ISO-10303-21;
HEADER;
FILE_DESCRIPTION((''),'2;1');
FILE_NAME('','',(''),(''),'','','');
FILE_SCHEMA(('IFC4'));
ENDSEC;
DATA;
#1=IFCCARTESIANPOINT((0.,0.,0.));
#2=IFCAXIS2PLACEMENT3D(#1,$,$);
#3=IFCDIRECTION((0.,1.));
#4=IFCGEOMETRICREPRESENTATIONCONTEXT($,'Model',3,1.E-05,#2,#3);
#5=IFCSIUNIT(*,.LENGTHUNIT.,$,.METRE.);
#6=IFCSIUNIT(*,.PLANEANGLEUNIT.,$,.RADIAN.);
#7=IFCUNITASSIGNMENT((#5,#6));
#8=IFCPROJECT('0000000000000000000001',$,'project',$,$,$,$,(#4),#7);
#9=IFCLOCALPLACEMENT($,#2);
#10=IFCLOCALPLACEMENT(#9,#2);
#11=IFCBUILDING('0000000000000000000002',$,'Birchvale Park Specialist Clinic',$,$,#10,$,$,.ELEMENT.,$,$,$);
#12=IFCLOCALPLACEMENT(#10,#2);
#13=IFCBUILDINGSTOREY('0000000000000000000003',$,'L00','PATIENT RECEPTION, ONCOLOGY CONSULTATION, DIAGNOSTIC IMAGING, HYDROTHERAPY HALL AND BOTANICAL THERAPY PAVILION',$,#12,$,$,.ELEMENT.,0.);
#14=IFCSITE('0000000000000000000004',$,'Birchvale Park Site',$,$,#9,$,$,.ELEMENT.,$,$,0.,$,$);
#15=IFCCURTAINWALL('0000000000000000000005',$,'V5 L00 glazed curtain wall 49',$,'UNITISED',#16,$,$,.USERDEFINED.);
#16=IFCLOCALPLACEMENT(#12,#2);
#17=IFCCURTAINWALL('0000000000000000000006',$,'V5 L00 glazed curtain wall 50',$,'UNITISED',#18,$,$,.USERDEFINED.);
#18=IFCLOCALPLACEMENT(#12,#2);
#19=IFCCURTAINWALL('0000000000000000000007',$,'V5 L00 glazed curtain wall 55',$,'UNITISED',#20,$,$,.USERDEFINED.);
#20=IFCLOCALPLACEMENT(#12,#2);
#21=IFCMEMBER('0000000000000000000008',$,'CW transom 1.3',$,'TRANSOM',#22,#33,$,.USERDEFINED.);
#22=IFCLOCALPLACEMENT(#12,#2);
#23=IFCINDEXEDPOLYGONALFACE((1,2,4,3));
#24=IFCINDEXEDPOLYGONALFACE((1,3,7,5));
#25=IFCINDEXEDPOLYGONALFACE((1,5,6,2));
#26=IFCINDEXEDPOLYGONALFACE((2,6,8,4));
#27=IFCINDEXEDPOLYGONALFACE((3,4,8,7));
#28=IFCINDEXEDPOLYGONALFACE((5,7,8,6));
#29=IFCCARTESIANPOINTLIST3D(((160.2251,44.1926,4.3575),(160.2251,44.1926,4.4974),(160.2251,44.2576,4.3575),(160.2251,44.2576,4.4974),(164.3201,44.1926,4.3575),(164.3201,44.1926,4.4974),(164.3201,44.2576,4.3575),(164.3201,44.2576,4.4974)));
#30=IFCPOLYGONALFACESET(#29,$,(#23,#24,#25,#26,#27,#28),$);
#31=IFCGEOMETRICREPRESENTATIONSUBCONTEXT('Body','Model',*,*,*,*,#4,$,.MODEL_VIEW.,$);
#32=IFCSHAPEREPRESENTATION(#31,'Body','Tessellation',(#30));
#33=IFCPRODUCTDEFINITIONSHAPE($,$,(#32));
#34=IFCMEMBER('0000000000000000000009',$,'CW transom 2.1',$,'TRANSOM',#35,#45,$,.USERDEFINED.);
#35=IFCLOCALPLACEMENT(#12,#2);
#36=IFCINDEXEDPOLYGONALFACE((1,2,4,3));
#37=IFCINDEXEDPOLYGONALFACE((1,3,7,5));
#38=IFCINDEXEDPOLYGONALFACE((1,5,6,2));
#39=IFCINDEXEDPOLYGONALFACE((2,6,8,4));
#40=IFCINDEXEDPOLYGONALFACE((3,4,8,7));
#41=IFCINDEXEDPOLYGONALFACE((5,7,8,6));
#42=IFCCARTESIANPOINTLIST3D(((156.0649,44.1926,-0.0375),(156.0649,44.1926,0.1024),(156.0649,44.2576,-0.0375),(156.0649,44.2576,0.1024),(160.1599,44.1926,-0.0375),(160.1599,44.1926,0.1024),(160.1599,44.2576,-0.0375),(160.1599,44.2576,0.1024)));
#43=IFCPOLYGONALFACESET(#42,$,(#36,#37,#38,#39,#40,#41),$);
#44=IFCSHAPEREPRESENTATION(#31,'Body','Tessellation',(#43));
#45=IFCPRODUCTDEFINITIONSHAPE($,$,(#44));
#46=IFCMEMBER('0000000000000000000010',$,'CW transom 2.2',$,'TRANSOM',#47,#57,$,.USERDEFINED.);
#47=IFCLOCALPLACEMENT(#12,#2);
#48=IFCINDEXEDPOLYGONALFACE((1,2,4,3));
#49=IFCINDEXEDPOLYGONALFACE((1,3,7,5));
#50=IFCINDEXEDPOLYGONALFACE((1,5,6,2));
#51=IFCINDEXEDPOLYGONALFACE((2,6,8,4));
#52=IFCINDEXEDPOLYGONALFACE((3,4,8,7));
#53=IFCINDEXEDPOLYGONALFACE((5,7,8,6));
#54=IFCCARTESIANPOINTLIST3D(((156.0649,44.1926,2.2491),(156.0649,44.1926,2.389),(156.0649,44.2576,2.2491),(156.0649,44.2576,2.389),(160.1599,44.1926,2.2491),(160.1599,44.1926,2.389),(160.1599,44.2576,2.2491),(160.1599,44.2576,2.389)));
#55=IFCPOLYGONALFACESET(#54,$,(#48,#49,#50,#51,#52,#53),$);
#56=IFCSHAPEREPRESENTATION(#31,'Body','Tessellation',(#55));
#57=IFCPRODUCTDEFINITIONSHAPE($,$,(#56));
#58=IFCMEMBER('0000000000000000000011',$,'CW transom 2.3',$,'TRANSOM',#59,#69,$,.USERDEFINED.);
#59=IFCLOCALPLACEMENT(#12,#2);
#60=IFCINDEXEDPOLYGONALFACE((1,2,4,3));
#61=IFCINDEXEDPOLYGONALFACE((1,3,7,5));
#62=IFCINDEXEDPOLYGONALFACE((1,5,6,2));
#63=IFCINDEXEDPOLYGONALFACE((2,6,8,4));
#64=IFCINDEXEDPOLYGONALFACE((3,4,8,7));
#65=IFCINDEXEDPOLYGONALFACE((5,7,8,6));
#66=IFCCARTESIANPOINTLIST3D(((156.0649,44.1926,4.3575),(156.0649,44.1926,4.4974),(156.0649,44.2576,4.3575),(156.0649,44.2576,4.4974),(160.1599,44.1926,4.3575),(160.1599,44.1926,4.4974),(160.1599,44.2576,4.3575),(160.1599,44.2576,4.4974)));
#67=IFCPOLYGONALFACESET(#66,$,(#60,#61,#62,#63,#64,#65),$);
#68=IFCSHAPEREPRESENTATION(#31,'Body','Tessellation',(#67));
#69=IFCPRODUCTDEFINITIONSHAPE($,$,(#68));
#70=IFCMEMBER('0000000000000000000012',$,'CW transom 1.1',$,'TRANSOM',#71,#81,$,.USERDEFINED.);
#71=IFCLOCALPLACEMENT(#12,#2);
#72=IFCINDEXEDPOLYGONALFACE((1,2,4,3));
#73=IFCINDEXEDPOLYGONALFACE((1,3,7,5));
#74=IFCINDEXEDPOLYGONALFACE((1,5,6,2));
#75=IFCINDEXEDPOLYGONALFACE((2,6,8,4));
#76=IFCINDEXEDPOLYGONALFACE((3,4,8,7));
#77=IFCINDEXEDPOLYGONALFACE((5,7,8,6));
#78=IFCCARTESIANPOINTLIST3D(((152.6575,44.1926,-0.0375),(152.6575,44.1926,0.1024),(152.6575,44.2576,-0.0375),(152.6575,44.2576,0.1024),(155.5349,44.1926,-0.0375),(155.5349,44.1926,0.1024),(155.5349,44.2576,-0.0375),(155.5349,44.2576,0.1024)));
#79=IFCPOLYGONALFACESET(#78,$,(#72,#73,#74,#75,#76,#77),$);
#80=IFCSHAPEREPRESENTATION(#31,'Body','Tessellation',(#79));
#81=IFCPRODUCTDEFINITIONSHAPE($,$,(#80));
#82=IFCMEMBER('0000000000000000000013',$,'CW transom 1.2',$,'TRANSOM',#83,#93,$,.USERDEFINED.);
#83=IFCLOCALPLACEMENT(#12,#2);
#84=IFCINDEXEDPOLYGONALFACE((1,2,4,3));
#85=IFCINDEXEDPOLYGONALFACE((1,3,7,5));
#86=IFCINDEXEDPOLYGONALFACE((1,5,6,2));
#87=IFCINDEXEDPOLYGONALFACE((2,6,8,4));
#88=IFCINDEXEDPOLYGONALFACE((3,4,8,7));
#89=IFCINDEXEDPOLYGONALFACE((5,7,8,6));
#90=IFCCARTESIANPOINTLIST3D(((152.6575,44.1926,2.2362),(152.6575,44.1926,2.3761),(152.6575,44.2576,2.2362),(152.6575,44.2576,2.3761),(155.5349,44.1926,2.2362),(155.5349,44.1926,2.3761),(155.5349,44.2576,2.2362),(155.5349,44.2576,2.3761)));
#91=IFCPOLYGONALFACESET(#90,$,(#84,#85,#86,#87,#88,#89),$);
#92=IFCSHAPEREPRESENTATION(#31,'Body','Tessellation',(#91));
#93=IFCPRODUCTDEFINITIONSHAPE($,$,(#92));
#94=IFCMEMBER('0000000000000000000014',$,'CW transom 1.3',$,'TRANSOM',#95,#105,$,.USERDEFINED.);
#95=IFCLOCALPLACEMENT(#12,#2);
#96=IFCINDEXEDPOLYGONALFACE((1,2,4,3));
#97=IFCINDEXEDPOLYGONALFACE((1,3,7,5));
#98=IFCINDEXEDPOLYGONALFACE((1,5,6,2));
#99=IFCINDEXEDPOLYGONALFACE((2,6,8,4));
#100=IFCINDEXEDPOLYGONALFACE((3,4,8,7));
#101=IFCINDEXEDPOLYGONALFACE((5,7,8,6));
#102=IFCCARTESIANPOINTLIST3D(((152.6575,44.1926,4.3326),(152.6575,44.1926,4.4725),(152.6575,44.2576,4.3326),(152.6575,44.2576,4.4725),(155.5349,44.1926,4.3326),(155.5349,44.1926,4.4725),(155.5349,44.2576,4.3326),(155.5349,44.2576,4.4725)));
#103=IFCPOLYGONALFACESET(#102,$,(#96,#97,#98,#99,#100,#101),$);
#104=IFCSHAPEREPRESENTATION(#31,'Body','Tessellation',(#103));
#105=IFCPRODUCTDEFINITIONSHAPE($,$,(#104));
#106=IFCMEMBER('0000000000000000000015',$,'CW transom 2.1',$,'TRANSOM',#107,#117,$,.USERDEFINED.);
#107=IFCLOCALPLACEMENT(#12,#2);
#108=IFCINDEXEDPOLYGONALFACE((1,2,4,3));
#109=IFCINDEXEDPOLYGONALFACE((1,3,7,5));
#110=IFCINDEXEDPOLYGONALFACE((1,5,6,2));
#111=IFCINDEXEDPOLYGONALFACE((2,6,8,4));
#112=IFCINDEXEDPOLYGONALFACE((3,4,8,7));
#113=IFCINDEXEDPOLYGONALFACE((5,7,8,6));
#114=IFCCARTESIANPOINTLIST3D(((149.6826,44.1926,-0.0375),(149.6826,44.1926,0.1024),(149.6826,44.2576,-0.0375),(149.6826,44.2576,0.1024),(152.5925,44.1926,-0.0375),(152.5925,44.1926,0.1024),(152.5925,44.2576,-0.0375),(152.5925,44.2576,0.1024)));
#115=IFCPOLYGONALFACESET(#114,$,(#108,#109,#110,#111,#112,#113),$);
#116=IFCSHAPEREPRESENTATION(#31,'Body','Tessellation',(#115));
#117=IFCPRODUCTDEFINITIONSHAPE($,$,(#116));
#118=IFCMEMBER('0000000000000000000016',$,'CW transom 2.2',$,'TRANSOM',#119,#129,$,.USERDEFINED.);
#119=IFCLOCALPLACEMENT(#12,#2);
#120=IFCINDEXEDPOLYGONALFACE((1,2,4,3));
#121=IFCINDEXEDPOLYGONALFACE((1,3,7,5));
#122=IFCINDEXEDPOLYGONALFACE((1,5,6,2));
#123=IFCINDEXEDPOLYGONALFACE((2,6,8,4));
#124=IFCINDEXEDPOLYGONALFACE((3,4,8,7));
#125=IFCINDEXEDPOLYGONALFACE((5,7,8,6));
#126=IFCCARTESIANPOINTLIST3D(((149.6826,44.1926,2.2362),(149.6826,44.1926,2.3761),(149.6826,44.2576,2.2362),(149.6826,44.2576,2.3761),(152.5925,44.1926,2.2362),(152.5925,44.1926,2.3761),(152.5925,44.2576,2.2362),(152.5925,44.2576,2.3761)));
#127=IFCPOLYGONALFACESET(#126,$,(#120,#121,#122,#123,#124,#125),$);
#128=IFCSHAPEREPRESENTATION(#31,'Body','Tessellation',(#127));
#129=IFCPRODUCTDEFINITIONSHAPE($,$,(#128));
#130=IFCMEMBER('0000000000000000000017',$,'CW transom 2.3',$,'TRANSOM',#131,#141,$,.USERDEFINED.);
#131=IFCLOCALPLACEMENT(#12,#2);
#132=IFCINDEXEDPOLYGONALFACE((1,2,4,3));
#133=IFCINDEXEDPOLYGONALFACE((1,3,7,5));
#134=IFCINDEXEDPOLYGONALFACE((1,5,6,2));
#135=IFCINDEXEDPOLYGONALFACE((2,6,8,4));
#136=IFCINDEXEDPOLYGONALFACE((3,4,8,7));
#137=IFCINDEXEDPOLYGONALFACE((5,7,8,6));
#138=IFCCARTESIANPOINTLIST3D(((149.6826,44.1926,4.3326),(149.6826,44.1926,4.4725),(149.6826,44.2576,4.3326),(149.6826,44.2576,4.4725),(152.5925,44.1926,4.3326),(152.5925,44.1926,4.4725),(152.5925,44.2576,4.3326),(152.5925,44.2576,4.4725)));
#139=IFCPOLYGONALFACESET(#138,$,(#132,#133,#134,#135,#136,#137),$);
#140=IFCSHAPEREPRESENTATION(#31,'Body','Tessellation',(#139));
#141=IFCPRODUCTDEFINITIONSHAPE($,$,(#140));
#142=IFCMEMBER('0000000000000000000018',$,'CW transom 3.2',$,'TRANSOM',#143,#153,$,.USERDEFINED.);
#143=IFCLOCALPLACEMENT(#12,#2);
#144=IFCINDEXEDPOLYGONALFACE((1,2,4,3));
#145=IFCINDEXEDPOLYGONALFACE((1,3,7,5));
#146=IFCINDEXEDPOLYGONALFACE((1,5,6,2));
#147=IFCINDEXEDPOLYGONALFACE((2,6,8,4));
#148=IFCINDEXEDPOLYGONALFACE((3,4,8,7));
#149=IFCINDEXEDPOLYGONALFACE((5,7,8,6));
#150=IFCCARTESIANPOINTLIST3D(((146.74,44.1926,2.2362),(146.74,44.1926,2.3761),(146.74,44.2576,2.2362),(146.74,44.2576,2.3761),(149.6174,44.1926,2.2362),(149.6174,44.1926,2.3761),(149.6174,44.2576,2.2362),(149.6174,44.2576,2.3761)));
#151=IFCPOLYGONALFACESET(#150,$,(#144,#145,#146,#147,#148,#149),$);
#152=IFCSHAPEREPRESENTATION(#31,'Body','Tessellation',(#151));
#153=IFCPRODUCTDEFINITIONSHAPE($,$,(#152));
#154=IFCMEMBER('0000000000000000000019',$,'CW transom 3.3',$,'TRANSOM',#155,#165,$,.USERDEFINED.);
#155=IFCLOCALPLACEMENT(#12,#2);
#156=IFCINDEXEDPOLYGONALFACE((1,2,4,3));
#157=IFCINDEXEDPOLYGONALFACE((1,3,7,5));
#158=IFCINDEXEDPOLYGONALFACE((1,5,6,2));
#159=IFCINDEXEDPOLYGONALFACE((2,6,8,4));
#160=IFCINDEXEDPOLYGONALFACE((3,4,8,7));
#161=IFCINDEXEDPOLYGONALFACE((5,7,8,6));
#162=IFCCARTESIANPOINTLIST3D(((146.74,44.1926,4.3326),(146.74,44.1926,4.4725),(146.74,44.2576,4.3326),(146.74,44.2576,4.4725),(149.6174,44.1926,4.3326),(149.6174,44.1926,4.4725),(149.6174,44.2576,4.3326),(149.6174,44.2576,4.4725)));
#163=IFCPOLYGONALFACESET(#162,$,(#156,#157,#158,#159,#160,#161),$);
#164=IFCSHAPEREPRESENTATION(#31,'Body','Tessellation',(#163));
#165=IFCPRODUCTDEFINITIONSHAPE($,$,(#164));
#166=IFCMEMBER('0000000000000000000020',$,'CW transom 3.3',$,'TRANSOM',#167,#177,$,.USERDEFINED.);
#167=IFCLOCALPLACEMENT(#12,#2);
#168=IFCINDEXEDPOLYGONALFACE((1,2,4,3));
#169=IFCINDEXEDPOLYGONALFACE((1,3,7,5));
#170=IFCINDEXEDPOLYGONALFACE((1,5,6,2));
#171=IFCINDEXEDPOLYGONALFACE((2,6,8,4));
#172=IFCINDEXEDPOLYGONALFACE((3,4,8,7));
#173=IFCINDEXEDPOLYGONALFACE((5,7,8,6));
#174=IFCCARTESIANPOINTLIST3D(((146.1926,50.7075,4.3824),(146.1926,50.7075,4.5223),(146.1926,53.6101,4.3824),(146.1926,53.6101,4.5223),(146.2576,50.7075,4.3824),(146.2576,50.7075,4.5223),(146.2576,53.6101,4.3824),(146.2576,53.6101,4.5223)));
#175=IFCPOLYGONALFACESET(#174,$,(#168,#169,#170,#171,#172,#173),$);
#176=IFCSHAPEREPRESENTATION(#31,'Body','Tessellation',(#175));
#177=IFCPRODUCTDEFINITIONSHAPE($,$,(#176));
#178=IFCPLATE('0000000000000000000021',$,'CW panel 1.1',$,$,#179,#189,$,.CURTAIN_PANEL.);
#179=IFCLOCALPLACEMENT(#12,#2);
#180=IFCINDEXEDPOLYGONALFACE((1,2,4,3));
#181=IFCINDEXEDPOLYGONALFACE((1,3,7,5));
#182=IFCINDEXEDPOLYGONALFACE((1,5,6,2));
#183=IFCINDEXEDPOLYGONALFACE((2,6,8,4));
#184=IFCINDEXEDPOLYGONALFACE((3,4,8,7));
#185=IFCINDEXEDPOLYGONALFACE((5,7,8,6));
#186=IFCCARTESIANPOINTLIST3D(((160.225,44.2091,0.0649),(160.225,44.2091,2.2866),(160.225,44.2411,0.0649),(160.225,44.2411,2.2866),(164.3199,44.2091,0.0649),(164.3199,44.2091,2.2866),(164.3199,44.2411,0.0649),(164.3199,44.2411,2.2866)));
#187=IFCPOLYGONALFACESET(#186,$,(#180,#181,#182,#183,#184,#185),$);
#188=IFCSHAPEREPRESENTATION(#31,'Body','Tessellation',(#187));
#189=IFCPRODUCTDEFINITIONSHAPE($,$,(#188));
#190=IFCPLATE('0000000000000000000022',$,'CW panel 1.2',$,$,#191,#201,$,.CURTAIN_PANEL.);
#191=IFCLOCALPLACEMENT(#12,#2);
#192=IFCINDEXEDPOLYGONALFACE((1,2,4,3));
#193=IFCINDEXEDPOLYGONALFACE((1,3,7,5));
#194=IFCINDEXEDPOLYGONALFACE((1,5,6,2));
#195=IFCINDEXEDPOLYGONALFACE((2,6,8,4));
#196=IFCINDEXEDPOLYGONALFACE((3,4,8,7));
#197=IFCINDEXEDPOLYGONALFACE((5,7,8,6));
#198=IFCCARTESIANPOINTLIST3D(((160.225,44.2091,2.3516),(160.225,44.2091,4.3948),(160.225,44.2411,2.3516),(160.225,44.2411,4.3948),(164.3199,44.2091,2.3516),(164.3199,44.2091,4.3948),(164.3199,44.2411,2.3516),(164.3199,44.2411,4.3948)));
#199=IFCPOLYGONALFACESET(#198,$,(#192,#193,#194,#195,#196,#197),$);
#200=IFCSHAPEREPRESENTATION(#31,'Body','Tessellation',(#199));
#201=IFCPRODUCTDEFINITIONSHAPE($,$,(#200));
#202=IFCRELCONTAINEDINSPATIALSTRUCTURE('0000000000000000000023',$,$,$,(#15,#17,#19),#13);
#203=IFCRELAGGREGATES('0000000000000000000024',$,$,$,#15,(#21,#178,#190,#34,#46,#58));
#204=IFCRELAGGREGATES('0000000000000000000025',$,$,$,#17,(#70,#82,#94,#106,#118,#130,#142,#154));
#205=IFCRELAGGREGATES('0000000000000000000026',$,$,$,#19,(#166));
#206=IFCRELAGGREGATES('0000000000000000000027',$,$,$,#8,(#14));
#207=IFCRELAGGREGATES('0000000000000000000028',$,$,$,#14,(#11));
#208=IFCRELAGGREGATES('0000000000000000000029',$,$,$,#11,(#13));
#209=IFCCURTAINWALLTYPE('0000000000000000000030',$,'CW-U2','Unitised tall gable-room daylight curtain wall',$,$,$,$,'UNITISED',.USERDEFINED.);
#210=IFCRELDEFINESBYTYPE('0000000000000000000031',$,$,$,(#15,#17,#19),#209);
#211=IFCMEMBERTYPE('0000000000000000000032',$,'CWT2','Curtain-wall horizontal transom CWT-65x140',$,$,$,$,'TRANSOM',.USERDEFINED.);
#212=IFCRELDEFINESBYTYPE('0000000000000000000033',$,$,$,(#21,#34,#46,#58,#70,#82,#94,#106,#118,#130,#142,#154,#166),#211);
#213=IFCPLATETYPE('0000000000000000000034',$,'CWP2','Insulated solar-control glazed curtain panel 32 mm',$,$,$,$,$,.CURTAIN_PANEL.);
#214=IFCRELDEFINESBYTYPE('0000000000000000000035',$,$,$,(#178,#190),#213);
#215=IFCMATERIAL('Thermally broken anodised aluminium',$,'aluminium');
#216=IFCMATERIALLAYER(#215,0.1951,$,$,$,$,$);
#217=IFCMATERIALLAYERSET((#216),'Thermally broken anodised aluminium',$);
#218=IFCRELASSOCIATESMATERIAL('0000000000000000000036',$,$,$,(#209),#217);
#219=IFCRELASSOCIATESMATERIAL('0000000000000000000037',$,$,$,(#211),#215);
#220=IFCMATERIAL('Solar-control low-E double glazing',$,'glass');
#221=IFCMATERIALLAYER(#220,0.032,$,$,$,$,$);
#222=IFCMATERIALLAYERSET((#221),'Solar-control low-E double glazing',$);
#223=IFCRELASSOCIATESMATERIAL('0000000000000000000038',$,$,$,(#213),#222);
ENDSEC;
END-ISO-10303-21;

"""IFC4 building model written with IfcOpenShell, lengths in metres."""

from ifc_helpers import new_model, si_unit, direction, frame, origin, origin_2d, place, context, subcontext, project, spatial, rectangle, extrude, material, layer, layer_set, material_profile, profile_set, type_object, element, aggregate, save


model = new_model("IFC4")

# Units and contexts
model_context = context("Model", 3, precision=1e-05, world=origin(), true_north=direction((0.0, 1.0)))
body_context = subcontext(model_context, "Body", "Model", "MODEL_VIEW")
ifc_project = project(units=[si_unit("LENGTHUNIT", "METRE"), si_unit("PLANEANGLEUNIT", "RADIAN")], contexts=[model_context])

# Site, building, storey
site_placement = place(None, origin())
site = spatial("IfcSite", under=ifc_project, at=site_placement, Name="Birchvale Park Site", CompositionType="ELEMENT", RefElevation=0.0)
building_placement = place(site_placement, origin())
building = spatial("IfcBuilding", under=site, at=building_placement, Name="Birchvale Park Specialist Clinic", CompositionType="ELEMENT")
storey_placement = place(building_placement, origin())
storey = spatial("IfcBuildingStorey", under=building, at=storey_placement, Name="L00", Description="PATIENT RECEPTION, ONCOLOGY CONSULTATION, DIAGNOSTIC IMAGING, HYDROTHERAPY HALL AND BOTANICAL THERAPY PAVILION", CompositionType="ELEMENT", Elevation=0.0)

# Curtain walls
ifc_material_1 = material(Name="Thermally broken anodised aluminium", Category="aluminium")
ifc_layer_1 = layer(ifc_material_1, 0.1951)
ifc_layer_set_1 = layer_set([ifc_layer_1], Name="Thermally broken anodised aluminium")
curtain_wall_type = type_object("IfcCurtainWallType", Name="CW-U2", Description="Unitised tall gable-room daylight curtain wall", ElementType="UNITISED", PredefinedType="USERDEFINED", material=ifc_layer_set_1)
curtain_wall_1_placement = place(storey_placement, origin())
curtain_wall_1 = element("IfcCurtainWall", 1, at=curtain_wall_1_placement, inside=storey, type_object=curtain_wall_type, Name="V5 L00 glazed curtain wall 49", ObjectType="UNITISED", PredefinedType="USERDEFINED")
curtain_wall_2_placement = place(storey_placement, origin())
curtain_wall_2 = element("IfcCurtainWall", 2, at=curtain_wall_2_placement, inside=storey, type_object=curtain_wall_type, Name="V5 L00 glazed curtain wall 50", ObjectType="UNITISED", PredefinedType="USERDEFINED")

# Curtain wall
curtain_wall_3_placement = place(storey_placement, origin())
curtain_wall_3 = element("IfcCurtainWall", 3, at=curtain_wall_3_placement, inside=storey, type_object=curtain_wall_type, Name="V5 L00 glazed curtain wall 55", ObjectType="UNITISED", PredefinedType="USERDEFINED")

# Members
ifc_material_profile_1 = material_profile(ifc_material_1, rectangle(XDim=0.0649, YDim=0.1399, at=origin_2d()), Name="CWT-65x140")
ifc_profile_set_1 = profile_set([ifc_material_profile_1], Name="Thermally broken anodised aluminium")
member_type_1 = type_object("IfcMemberType", Name="CWT2", Description="Curtain-wall horizontal transom CWT-65x140", ElementType="TRANSOM", PredefinedType="USERDEFINED", material=ifc_profile_set_1)
member_1_placement = place(storey_placement, frame((164.3201, 44.2251, 4.4275), z_axis=(-1.0, 0.0, 0.0), x_axis=(0.0, -1.0, 0.0)))
member_1 = element("IfcMember", 4, at=member_1_placement, type_object=member_type_1, Name="CW transom 1.3", ObjectType="TRANSOM", PredefinedType="USERDEFINED", context=body_context, shape_type="SweptSolid", body=[
    extrude(rectangle(XDim=0.0649, YDim=0.1399, at=origin_2d()), origin(), (0.0, 0.0, 1.0), 4.095),
])
member_2_placement = place(storey_placement, frame((160.1599, 44.2251, 0.0325), z_axis=(-1.0, 0.0, 0.0), x_axis=(0.0, -1.0, 0.0)))
member_2 = element("IfcMember", 5, at=member_2_placement, type_object=member_type_1, Name="CW transom 2.1", ObjectType="TRANSOM", PredefinedType="USERDEFINED", context=body_context, shape_type="SweptSolid", body=[
    extrude(rectangle(XDim=0.0649, YDim=0.1399, at=origin_2d()), origin(), (0.0, 0.0, 1.0), 4.095),
])
member_3_placement = place(storey_placement, frame((160.1599, 44.2251, 2.3191), z_axis=(-1.0, 0.0, 0.0), x_axis=(0.0, -1.0, 0.0)))
member_3 = element("IfcMember", 6, at=member_3_placement, type_object=member_type_1, Name="CW transom 2.2", ObjectType="TRANSOM", PredefinedType="USERDEFINED", context=body_context, shape_type="SweptSolid", body=[
    extrude(rectangle(XDim=0.0649, YDim=0.1399, at=origin_2d()), origin(), (0.0, 0.0, 1.0), 4.095),
])
member_4_placement = place(storey_placement, frame((160.1599, 44.2251, 4.4275), z_axis=(-1.0, 0.0, 0.0), x_axis=(0.0, -1.0, 0.0)))
member_4 = element("IfcMember", 7, at=member_4_placement, type_object=member_type_1, Name="CW transom 2.3", ObjectType="TRANSOM", PredefinedType="USERDEFINED", context=body_context, shape_type="SweptSolid", body=[
    extrude(rectangle(XDim=0.0649, YDim=0.1399, at=origin_2d()), origin(), (0.0, 0.0, 1.0), 4.095),
])
member_5_placement = place(storey_placement, frame((155.5349, 44.2251, 0.0325), z_axis=(-1.0, 0.0, 0.0), x_axis=(0.0, -1.0, 0.0)))
member_5 = element("IfcMember", 8, at=member_5_placement, type_object=member_type_1, Name="CW transom 1.1", ObjectType="TRANSOM", PredefinedType="USERDEFINED", context=body_context, shape_type="SweptSolid", body=[
    extrude(rectangle(XDim=0.0649, YDim=0.1399, at=origin_2d()), origin(), (0.0, 0.0, 1.0), 2.8774),
])
member_6_placement = place(storey_placement, frame((155.5349, 44.2251, 2.3062), z_axis=(-1.0, 0.0, 0.0), x_axis=(0.0, -1.0, 0.0)))
member_6 = element("IfcMember", 9, at=member_6_placement, type_object=member_type_1, Name="CW transom 1.2", ObjectType="TRANSOM", PredefinedType="USERDEFINED", context=body_context, shape_type="SweptSolid", body=[
    extrude(rectangle(XDim=0.0649, YDim=0.1399, at=origin_2d()), origin(), (0.0, 0.0, 1.0), 2.8774),
])
member_7_placement = place(storey_placement, frame((155.5349, 44.2251, 4.4026), z_axis=(-1.0, 0.0, 0.0), x_axis=(0.0, -1.0, 0.0)))
member_7 = element("IfcMember", 10, at=member_7_placement, type_object=member_type_1, Name="CW transom 1.3", ObjectType="TRANSOM", PredefinedType="USERDEFINED", context=body_context, shape_type="SweptSolid", body=[
    extrude(rectangle(XDim=0.0649, YDim=0.1399, at=origin_2d()), origin(), (0.0, 0.0, 1.0), 2.8774),
])
member_8_placement = place(storey_placement, frame((152.5925, 44.2251, 0.0325), z_axis=(-1.0, 0.0, 0.0), x_axis=(0.0, -1.0, 0.0)))
member_8 = element("IfcMember", 11, at=member_8_placement, type_object=member_type_1, Name="CW transom 2.1", ObjectType="TRANSOM", PredefinedType="USERDEFINED", context=body_context, shape_type="SweptSolid", body=[
    extrude(rectangle(XDim=0.0649, YDim=0.1399, at=origin_2d()), origin(), (0.0, 0.0, 1.0), 2.9099),
])
member_9_placement = place(storey_placement, frame((152.5925, 44.2251, 2.3062), z_axis=(-1.0, 0.0, 0.0), x_axis=(0.0, -1.0, 0.0)))
member_9 = element("IfcMember", 12, at=member_9_placement, type_object=member_type_1, Name="CW transom 2.2", ObjectType="TRANSOM", PredefinedType="USERDEFINED", context=body_context, shape_type="SweptSolid", body=[
    extrude(rectangle(XDim=0.0649, YDim=0.1399, at=origin_2d()), origin(), (0.0, 0.0, 1.0), 2.9099),
])
member_10_placement = place(storey_placement, frame((152.5925, 44.2251, 4.4026), z_axis=(-1.0, 0.0, 0.0), x_axis=(0.0, -1.0, 0.0)))
member_10 = element("IfcMember", 13, at=member_10_placement, type_object=member_type_1, Name="CW transom 2.3", ObjectType="TRANSOM", PredefinedType="USERDEFINED", context=body_context, shape_type="SweptSolid", body=[
    extrude(rectangle(XDim=0.0649, YDim=0.1399, at=origin_2d()), origin(), (0.0, 0.0, 1.0), 2.9099),
])
member_11_placement = place(storey_placement, frame((149.6174, 44.2251, 2.3062), z_axis=(-1.0, 0.0, 0.0), x_axis=(0.0, -1.0, 0.0)))
member_11 = element("IfcMember", 14, at=member_11_placement, type_object=member_type_1, Name="CW transom 3.2", ObjectType="TRANSOM", PredefinedType="USERDEFINED", context=body_context, shape_type="SweptSolid", body=[
    extrude(rectangle(XDim=0.0649, YDim=0.1399, at=origin_2d()), origin(), (0.0, 0.0, 1.0), 2.8774),
])
member_12_placement = place(storey_placement, frame((149.6174, 44.2251, 4.4026), z_axis=(-1.0, 0.0, 0.0), x_axis=(0.0, -1.0, 0.0)))
member_12 = element("IfcMember", 15, at=member_12_placement, type_object=member_type_1, Name="CW transom 3.3", ObjectType="TRANSOM", PredefinedType="USERDEFINED", context=body_context, shape_type="SweptSolid", body=[
    extrude(rectangle(XDim=0.0649, YDim=0.1399, at=origin_2d()), origin(), (0.0, 0.0, 1.0), 2.8774),
])
member_13_placement = place(storey_placement, frame((146.2251, 50.7075, 4.4524), z_axis=(0.0, 1.0, 0.0), x_axis=(-1.0, 0.0, 0.0)))
member_13 = element("IfcMember", 16, at=member_13_placement, type_object=member_type_1, Name="CW transom 3.3", ObjectType="TRANSOM", PredefinedType="USERDEFINED", context=body_context, shape_type="SweptSolid", body=[
    extrude(rectangle(XDim=0.0649, YDim=0.1399, at=origin_2d()), origin(), (0.0, 0.0, 1.0), 2.9026),
])

# Plates
ifc_material_2 = material(Name="Solar-control low-E double glazing", Category="glass")
ifc_layer_2 = layer(ifc_material_2, 0.032)
ifc_layer_set_2 = layer_set([ifc_layer_2], Name="Solar-control low-E double glazing")
plate_type = type_object("IfcPlateType", Name="CWP2", Description="Insulated solar-control glazed curtain panel 32 mm", PredefinedType="CURTAIN_PANEL", material=ifc_layer_set_2)
plate_1_placement = place(storey_placement, frame((162.2725, 44.2251, 0.0649), z_axis=(0.0, 0.0, 1.0), x_axis=(-1.0, 0.0, 0.0)))
plate_1 = element("IfcPlate", 17, at=plate_1_placement, type_object=plate_type, Name="CW panel 1.1", PredefinedType="CURTAIN_PANEL", context=body_context, shape_type="SweptSolid", body=[
    extrude(rectangle(XDim=4.095, YDim=0.032, at=origin_2d()), origin(), (0.0, 0.0, 1.0), 2.2217),
])
plate_2_placement = place(storey_placement, frame((162.2725, 44.2251, 2.3516), z_axis=(0.0, 0.0, 1.0), x_axis=(-1.0, 0.0, 0.0)))
plate_2 = element("IfcPlate", 18, at=plate_2_placement, type_object=plate_type, Name="CW panel 1.2", PredefinedType="CURTAIN_PANEL", context=body_context, shape_type="SweptSolid", body=[
    extrude(rectangle(XDim=4.095, YDim=0.032, at=origin_2d()), origin(), (0.0, 0.0, 1.0), 2.0432),
])
aggregate(curtain_wall_1, [member_1, plate_1, plate_2, member_2, member_3, member_4])
aggregate(curtain_wall_2, [member_5, member_6, member_7, member_8, member_9, member_10, member_11, member_12])
aggregate(curtain_wall_3, [member_13])

save(model, "model.ifc")
